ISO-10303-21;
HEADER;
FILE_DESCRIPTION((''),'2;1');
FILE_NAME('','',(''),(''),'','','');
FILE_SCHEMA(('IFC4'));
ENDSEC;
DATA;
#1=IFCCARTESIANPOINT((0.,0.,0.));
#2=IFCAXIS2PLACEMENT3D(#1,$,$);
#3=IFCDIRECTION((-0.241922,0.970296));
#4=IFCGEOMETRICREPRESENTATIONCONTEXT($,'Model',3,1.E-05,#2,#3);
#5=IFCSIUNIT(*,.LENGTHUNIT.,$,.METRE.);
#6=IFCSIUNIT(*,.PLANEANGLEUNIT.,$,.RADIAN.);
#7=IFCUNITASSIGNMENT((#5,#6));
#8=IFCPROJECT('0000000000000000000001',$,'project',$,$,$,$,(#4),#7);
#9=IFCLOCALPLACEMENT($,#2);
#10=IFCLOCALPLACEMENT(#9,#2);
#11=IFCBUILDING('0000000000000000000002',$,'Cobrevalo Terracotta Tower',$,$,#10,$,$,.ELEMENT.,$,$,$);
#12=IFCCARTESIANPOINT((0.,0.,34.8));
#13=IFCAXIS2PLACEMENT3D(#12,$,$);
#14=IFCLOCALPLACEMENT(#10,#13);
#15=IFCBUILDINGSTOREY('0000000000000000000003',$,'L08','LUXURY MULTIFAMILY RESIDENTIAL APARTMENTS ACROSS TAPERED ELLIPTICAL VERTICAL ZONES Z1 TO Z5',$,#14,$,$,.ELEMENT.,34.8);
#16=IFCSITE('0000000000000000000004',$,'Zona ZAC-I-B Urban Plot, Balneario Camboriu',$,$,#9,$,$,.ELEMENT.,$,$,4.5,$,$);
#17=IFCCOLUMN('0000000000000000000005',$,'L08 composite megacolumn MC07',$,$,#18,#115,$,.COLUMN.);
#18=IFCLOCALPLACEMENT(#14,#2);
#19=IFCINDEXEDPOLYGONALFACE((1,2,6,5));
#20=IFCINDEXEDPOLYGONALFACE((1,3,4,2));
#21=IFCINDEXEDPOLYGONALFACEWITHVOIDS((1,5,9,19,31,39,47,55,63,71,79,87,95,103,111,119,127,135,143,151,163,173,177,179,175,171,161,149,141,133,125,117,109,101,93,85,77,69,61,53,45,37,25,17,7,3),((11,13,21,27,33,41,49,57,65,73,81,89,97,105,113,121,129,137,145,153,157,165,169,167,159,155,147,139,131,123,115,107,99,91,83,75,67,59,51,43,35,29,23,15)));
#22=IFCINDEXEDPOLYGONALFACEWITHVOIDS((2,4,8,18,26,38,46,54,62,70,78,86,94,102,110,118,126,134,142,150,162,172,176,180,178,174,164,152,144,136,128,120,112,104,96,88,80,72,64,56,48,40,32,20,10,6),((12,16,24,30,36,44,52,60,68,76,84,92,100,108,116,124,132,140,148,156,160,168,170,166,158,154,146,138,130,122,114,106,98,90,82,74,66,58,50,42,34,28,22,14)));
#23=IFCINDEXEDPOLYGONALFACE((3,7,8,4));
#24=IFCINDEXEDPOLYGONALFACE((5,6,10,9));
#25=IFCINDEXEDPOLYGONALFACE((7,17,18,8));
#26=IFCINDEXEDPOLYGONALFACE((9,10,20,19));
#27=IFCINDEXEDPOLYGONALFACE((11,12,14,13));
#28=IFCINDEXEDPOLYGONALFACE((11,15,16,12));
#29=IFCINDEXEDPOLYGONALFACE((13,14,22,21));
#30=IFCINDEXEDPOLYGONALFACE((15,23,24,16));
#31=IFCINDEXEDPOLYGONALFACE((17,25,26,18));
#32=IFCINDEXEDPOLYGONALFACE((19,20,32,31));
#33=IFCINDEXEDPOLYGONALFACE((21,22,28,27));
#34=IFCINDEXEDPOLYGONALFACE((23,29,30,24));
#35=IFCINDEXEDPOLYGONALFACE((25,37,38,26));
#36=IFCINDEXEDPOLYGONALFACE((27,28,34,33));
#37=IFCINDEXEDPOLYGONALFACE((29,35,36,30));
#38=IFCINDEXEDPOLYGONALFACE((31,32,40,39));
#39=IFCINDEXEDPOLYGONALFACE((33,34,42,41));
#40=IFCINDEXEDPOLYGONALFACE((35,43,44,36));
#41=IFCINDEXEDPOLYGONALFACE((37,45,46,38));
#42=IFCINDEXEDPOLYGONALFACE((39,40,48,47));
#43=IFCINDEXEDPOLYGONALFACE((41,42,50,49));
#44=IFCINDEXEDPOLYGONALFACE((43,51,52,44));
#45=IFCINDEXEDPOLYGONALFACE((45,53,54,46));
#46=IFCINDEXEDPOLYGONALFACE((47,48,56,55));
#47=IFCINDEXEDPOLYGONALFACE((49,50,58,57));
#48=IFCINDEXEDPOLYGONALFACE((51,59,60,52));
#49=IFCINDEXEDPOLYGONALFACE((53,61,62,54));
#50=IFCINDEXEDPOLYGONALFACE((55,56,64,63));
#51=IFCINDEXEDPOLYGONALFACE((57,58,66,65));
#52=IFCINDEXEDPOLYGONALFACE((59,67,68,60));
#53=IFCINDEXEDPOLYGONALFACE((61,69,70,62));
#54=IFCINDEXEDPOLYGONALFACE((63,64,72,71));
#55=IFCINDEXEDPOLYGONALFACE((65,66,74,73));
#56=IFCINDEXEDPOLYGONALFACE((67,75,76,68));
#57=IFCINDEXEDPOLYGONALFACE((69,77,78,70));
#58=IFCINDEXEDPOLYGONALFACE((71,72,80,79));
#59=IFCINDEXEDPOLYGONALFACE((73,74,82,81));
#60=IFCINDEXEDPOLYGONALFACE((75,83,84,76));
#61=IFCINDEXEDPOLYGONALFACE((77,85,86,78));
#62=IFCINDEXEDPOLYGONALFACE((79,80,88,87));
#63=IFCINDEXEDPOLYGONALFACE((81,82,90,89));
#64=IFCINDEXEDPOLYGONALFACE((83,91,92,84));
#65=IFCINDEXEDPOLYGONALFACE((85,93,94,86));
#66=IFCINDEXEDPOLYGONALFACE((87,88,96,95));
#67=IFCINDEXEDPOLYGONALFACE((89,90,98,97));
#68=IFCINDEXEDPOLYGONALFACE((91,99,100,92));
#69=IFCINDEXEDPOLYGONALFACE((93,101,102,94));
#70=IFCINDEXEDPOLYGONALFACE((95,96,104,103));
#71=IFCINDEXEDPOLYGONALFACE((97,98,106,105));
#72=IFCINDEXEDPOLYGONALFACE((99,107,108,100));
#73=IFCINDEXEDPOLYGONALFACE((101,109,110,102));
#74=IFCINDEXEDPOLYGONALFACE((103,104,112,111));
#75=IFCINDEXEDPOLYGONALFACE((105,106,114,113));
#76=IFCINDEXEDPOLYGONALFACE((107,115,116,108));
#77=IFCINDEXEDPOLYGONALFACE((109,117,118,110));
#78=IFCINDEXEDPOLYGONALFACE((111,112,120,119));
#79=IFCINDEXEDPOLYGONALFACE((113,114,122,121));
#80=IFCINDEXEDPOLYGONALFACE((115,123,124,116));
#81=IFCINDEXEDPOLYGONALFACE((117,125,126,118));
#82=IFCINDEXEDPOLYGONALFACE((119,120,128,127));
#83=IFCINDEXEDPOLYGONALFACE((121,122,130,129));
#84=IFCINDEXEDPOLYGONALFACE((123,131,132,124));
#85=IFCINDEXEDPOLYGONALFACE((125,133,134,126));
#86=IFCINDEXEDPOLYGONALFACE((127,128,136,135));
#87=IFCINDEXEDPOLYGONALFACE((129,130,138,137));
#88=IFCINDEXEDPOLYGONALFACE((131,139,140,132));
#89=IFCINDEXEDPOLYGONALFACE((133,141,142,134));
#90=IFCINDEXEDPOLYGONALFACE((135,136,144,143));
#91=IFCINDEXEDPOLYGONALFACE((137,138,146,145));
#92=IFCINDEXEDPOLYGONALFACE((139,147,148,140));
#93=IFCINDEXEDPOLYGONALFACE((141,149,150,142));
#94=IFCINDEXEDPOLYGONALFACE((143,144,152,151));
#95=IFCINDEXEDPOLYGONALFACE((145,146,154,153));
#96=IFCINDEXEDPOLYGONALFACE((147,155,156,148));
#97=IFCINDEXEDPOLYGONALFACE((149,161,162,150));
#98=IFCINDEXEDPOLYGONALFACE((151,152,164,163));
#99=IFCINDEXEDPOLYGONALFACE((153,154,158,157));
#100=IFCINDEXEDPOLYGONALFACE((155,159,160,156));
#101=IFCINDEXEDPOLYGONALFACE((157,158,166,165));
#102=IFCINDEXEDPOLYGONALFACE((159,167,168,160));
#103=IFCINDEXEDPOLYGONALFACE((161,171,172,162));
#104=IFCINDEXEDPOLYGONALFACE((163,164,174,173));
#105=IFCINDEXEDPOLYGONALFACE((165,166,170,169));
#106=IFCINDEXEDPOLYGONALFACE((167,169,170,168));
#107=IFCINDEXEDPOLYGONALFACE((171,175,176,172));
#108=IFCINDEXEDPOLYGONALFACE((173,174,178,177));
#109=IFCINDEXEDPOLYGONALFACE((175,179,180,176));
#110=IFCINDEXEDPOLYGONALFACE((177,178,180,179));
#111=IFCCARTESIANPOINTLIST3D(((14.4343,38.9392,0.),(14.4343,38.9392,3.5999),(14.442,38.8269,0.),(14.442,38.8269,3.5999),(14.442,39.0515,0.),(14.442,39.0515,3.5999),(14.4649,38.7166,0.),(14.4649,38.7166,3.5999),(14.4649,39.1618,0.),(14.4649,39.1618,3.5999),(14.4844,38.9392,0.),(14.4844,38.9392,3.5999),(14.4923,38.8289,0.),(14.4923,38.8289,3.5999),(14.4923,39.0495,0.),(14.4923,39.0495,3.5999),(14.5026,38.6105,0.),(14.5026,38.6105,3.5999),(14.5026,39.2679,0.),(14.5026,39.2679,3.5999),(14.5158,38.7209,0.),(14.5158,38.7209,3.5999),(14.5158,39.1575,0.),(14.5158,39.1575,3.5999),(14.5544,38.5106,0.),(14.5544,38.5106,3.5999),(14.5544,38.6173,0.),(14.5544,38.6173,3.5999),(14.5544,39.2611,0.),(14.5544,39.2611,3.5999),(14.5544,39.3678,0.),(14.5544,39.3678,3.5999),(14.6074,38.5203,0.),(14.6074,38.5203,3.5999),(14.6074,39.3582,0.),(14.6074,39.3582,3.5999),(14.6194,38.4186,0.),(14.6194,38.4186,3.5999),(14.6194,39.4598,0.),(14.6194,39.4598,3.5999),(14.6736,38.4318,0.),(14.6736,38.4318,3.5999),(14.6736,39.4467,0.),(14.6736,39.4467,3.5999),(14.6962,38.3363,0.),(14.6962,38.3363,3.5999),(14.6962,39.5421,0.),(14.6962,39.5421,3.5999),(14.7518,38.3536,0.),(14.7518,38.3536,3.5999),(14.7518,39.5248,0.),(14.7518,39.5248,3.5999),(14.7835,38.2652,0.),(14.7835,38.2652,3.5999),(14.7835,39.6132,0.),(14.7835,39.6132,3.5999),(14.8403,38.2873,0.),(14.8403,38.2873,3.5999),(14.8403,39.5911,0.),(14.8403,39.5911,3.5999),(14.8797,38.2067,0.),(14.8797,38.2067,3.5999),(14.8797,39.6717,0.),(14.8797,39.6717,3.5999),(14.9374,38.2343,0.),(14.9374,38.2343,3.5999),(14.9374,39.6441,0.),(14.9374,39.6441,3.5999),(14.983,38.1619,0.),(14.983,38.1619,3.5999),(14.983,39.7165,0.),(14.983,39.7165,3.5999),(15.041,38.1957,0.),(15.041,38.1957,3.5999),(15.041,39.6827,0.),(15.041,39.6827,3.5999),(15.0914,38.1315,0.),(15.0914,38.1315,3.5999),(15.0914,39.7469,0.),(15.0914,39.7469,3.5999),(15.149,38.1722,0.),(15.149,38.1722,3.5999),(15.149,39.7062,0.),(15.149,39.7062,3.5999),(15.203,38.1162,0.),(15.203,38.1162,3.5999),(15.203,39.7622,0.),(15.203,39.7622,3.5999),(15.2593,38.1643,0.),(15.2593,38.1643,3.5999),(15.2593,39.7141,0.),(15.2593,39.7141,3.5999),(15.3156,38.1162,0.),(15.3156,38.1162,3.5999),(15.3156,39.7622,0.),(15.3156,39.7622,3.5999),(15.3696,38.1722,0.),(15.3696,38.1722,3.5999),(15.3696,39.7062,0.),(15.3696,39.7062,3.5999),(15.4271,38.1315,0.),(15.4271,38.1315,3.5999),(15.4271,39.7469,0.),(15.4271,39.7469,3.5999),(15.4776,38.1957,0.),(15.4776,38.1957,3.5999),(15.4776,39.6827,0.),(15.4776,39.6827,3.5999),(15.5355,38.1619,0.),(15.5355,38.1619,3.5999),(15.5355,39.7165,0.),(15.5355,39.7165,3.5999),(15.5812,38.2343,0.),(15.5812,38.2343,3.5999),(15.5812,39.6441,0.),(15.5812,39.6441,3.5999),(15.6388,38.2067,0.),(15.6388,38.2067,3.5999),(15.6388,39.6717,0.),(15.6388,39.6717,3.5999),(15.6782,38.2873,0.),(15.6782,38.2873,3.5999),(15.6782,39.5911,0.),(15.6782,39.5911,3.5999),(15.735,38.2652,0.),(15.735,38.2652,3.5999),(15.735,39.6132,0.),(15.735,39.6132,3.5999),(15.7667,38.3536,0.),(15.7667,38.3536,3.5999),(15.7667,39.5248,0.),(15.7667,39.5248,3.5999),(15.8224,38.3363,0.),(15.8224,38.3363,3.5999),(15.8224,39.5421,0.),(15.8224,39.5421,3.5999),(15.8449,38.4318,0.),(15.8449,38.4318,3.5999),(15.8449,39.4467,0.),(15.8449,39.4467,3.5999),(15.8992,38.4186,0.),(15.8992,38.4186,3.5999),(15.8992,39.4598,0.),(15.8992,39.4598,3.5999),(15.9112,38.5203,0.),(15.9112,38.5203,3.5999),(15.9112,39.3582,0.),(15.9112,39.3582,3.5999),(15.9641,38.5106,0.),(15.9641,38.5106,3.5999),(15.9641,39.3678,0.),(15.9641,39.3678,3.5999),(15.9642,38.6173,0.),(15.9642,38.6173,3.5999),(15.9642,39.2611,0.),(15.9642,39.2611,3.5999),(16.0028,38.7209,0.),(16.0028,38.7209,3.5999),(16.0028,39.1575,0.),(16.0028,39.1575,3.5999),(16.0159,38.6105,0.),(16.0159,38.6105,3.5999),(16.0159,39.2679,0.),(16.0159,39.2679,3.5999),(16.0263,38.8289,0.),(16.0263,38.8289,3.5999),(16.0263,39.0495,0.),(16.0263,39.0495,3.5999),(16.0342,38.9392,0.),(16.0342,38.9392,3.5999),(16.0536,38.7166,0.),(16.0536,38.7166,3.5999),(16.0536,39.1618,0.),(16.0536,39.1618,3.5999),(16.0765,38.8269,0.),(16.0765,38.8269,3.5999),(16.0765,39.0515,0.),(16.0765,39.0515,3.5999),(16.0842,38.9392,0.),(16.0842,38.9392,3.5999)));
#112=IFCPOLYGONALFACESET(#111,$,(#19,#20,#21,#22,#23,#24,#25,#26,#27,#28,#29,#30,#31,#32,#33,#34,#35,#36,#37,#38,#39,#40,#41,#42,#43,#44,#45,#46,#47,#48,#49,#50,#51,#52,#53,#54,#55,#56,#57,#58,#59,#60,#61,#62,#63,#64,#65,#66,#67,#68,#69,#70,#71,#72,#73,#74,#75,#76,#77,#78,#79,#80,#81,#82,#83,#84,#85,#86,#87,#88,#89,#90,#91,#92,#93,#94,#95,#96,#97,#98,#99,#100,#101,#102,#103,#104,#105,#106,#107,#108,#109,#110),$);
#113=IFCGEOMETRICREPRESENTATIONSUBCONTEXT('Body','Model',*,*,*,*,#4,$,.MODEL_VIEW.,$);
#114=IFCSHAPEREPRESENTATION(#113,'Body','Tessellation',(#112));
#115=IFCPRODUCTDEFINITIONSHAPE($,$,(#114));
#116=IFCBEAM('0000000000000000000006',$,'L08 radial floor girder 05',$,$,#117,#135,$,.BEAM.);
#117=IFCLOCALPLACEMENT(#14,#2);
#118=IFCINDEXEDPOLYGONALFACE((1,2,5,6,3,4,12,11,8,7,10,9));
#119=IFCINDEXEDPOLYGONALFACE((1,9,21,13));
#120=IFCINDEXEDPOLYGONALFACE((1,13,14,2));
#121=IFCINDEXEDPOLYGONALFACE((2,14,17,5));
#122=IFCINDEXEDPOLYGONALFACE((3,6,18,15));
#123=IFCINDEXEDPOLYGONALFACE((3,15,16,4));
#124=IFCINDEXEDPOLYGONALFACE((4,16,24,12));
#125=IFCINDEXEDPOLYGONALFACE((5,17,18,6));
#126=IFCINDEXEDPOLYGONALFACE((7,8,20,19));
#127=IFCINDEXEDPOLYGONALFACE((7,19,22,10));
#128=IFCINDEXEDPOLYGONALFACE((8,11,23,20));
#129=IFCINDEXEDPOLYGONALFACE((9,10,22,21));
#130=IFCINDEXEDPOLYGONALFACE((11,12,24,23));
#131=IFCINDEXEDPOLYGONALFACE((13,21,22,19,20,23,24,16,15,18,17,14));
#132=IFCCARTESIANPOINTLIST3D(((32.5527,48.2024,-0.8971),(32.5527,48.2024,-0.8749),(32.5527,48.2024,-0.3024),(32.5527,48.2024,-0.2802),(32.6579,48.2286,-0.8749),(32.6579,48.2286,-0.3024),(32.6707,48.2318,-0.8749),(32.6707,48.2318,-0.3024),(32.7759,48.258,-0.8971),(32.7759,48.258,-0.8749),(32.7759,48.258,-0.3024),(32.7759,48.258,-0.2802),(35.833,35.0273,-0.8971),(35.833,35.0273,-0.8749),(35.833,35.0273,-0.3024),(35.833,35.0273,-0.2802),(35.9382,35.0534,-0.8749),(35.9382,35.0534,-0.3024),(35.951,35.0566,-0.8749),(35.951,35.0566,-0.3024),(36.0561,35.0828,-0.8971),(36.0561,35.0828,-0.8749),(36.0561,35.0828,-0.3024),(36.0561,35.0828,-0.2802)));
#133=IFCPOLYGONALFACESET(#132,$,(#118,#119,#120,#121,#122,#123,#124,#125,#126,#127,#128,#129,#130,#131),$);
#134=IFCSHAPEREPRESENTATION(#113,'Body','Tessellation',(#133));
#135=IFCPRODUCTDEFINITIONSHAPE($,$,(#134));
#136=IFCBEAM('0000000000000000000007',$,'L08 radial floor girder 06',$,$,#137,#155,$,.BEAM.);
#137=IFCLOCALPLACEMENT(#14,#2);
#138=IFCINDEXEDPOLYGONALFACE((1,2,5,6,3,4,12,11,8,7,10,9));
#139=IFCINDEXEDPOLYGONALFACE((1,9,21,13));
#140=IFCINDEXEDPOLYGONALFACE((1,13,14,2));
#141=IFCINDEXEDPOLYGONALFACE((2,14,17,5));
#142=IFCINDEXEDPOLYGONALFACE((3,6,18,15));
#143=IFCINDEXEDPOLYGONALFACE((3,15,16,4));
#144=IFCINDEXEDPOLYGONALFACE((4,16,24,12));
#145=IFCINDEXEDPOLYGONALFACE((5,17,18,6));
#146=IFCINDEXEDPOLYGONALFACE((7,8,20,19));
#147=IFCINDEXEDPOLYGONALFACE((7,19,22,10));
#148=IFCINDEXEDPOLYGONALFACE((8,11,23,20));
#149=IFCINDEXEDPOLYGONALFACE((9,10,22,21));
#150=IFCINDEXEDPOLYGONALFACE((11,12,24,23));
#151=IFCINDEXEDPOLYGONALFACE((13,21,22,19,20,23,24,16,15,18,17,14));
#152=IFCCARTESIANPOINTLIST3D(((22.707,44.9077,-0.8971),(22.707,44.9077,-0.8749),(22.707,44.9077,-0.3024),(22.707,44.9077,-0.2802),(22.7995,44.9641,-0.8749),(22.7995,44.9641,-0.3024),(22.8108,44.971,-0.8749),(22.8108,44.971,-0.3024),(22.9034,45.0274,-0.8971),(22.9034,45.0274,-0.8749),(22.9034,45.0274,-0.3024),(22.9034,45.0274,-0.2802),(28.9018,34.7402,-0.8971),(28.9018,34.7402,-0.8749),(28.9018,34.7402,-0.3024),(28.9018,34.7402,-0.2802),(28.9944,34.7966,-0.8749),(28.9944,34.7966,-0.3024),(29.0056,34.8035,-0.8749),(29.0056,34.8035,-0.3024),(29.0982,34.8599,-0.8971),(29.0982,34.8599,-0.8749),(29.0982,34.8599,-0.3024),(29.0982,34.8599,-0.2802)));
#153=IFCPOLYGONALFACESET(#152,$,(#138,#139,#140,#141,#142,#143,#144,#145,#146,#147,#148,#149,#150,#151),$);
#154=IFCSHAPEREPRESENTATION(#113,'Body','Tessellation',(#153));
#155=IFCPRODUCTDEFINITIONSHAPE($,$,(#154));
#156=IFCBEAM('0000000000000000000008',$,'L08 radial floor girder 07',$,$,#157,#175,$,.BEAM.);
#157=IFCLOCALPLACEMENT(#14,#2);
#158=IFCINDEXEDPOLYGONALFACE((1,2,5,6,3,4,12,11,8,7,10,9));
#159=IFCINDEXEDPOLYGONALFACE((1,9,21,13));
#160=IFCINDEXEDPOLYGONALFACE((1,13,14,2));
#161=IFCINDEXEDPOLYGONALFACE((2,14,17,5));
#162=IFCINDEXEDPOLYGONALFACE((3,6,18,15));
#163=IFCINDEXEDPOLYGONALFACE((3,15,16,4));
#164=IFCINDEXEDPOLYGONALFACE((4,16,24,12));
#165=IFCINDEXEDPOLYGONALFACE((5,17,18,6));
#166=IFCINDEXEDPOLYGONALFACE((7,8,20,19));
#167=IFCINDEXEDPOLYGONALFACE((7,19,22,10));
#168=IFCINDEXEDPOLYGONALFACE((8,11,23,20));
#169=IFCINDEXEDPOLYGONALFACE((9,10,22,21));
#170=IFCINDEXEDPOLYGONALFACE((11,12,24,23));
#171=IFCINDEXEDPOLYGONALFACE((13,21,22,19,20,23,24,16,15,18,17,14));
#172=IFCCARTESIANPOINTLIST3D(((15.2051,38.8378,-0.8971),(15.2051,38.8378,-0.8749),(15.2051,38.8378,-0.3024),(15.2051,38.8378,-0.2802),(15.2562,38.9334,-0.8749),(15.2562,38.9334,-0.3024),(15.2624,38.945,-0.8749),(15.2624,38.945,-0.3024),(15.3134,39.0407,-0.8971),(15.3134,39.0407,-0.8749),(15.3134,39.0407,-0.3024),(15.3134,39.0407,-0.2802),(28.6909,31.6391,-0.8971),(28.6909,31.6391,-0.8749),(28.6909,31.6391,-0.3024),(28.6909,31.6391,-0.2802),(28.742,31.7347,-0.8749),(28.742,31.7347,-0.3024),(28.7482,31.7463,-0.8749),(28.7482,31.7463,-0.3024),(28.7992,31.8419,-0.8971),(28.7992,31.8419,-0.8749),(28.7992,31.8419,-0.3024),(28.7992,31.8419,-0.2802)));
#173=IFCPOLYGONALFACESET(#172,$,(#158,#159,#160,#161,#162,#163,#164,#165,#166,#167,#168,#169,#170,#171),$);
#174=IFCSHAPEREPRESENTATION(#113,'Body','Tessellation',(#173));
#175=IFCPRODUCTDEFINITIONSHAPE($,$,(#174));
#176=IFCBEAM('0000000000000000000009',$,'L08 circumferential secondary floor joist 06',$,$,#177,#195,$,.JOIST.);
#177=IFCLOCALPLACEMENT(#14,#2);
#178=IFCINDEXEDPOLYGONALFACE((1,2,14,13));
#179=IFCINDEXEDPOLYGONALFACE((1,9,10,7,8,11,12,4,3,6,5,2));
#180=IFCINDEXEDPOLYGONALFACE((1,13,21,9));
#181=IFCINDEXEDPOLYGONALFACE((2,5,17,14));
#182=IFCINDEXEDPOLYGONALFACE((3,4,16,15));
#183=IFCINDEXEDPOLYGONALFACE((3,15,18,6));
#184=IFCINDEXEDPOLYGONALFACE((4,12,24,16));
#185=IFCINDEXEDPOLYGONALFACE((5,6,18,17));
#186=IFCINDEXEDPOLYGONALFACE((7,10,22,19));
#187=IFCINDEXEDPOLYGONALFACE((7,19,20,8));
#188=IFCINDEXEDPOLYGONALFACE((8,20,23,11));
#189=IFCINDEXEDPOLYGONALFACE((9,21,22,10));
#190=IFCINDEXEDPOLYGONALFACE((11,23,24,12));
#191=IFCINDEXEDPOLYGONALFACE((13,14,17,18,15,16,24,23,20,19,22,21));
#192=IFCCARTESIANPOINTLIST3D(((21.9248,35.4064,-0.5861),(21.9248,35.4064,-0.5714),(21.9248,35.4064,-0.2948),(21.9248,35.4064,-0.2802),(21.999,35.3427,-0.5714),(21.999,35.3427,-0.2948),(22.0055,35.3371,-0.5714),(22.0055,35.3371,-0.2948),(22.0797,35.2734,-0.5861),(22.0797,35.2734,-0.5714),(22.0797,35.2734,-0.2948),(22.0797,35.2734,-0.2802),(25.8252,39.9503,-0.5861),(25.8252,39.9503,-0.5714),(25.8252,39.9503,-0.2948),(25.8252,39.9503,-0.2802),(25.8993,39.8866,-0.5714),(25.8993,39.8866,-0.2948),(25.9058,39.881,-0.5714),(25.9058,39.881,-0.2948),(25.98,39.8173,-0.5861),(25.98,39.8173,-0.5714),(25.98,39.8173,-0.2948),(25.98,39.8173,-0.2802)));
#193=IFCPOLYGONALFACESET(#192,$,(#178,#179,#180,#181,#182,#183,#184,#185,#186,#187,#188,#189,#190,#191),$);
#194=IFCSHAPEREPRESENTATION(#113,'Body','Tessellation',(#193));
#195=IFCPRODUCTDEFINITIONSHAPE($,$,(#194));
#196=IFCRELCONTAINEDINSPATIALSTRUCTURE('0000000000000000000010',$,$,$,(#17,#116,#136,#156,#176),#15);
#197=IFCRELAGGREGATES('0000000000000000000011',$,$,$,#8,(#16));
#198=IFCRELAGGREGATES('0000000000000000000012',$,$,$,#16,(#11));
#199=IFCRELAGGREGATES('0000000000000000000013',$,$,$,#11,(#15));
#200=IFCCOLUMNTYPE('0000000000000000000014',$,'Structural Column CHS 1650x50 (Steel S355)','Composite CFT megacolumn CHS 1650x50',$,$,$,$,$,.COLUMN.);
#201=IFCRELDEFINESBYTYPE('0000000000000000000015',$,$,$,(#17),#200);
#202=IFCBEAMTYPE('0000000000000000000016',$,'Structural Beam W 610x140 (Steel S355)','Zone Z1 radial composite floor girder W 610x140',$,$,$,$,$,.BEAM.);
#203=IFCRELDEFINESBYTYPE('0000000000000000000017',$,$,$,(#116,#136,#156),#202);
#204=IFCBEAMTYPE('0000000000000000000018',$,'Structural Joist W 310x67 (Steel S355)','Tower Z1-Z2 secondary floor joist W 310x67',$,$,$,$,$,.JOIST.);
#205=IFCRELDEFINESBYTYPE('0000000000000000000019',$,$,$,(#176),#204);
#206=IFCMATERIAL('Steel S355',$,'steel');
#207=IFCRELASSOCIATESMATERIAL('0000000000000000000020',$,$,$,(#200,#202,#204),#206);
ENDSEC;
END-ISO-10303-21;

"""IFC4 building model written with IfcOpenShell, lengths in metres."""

from ifc_helpers import new_model, si_unit, direction, frame, origin, origin_2d, place, context, subcontext, project, spatial, hollow_circle, i_section, extrude, material, material_profile, profile_set, type_object, element, save


model = new_model("IFC4")

# Units and contexts
model_context = context("Model", 3, precision=1e-05, world=origin(), true_north=direction((-0.241922, 0.970296)))
body_context = subcontext(model_context, "Body", "Model", "MODEL_VIEW")
ifc_project = project(units=[si_unit("LENGTHUNIT", "METRE"), si_unit("PLANEANGLEUNIT", "RADIAN")], contexts=[model_context])

# Site, building, storey
site_placement = place(None, origin())
site = spatial("IfcSite", under=ifc_project, at=site_placement, Name="Zona ZAC-I-B Urban Plot, Balneario Camboriu", CompositionType="ELEMENT", RefElevation=4.5)
building_placement = place(site_placement, origin())
building = spatial("IfcBuilding", under=site, at=building_placement, Name="Cobrevalo Terracotta Tower", CompositionType="ELEMENT")
storey_placement = place(building_placement, frame((0.0, 0.0, 34.8)))
storey = spatial("IfcBuildingStorey", under=building, at=storey_placement, Name="L08", Description="LUXURY MULTIFAMILY RESIDENTIAL APARTMENTS ACROSS TAPERED ELLIPTICAL VERTICAL ZONES Z1 TO Z5", CompositionType="ELEMENT", Elevation=34.8)

# Column
ifc_material_1 = material(Name="Steel S355", Category="steel")
ifc_material_profile_1 = material_profile(ifc_material_1, hollow_circle(Radius=0.825, WallThickness=0.05, at=origin_2d()), Name="CHS 1650x50")
ifc_profile_set_1 = profile_set([ifc_material_profile_1], Name="Steel S355")
column_type = type_object("IfcColumnType", Name="Structural Column CHS 1650x50 (Steel S355)", Description="Composite CFT megacolumn CHS 1650x50", PredefinedType="COLUMN", material=ifc_profile_set_1)
for number, where, z_axis, x_axis, name in (
    (1, (15.2593, 38.9392, 0.0), (0.0, 0.0, 1.0), (1.0, 0.0, 0.0), "L08 composite megacolumn MC07"),
):
    element("IfcColumn", number, at=place(storey_placement, frame(where, z_axis=z_axis, x_axis=x_axis)), inside=storey, type_object=column_type, Name=name, PredefinedType="COLUMN", context=body_context, shape_type="SweptSolid", body=[
        extrude(hollow_circle(Radius=0.825, WallThickness=0.05, at=origin_2d()), origin(), (0.0, 0.0, 1.0), 3.5999),
    ])

# Beams
ifc_material_profile_2 = material_profile(ifc_material_1, i_section(OverallWidth=0.23, OverallDepth=0.6169, WebThickness=0.0132, FlangeThickness=0.0222, at=origin_2d()), Name="W 610x140")
ifc_profile_set_2 = profile_set([ifc_material_profile_2], Name="Steel S355")
beam_type_1 = type_object("IfcBeamType", Name="Structural Beam W 610x140 (Steel S355)", Description="Zone Z1 radial composite floor girder W 610x140", PredefinedType="BEAM", material=ifc_profile_set_2)
beam_1_placement = place(storey_placement, frame((32.6643, 48.2302, -0.5886), z_axis=(0.241596, -0.970377, 0.0), x_axis=(0.970377, 0.241596, 0.0)))
element("IfcBeam", 2, at=beam_1_placement, inside=storey, type_object=beam_type_1, Name="L08 radial floor girder 05", PredefinedType="BEAM", context=body_context, shape_type="SweptSolid", body=[
    extrude(i_section(OverallWidth=0.23, OverallDepth=0.6169, WebThickness=0.0132, FlangeThickness=0.0222, at=origin_2d()), origin(), (0.0, 0.0, 1.0), 13.5774),
])
beam_2_placement = place(storey_placement, frame((22.8052, 44.9675, -0.5886), z_axis=(0.52031, -0.853978, 0.0), x_axis=(0.853978, 0.52031, 0.0)))
element("IfcBeam", 3, at=beam_2_placement, inside=storey, type_object=beam_type_1, Name="L08 radial floor girder 06", PredefinedType="BEAM", context=body_context, shape_type="SweptSolid", body=[
    extrude(i_section(OverallWidth=0.23, OverallDepth=0.6169, WebThickness=0.0132, FlangeThickness=0.0222, at=origin_2d()), origin(), (0.0, 0.0, 1.0), 11.906),
])
beam_3_placement = place(storey_placement, frame((15.2593, 38.9392, -0.5886), z_axis=(0.882182, -0.470908, 0.0), x_axis=(0.470908, 0.882182, 0.0)))
element("IfcBeam", 4, at=beam_3_placement, inside=storey, type_object=beam_type_1, Name="L08 radial floor girder 07", PredefinedType="BEAM", context=body_context, shape_type="SweptSolid", body=[
    extrude(i_section(OverallWidth=0.23, OverallDepth=0.6169, WebThickness=0.0132, FlangeThickness=0.0222, at=origin_2d()), origin(), (0.0, 0.0, 1.0), 15.2869),
])
ifc_material_profile_3 = material_profile(ifc_material_1, i_section(OverallWidth=0.2041, OverallDepth=0.3059, WebThickness=0.0085, FlangeThickness=0.0146, at=origin_2d()), Name="W 310x67")
ifc_profile_set_3 = profile_set([ifc_material_profile_3], Name="Steel S355")
beam_type_2 = type_object("IfcBeamType", Name="Structural Joist W 310x67 (Steel S355)", Description="Tower Z1-Z2 secondary floor joist W 310x67", PredefinedType="JOIST", material=ifc_profile_set_3)
beam_4_placement = place(storey_placement, frame((25.9026, 39.8838, -0.4331), z_axis=(-0.651328, -0.758796, 0.0), x_axis=(0.758796, -0.651328, 0.0)))
element("IfcBeam", 5, at=beam_4_placement, inside=storey, type_object=beam_type_2, Name="L08 circumferential secondary floor joist 06", PredefinedType="JOIST", context=body_context, shape_type="SweptSolid", body=[
    extrude(i_section(OverallWidth=0.2041, OverallDepth=0.3059, WebThickness=0.0085, FlangeThickness=0.0146, at=origin_2d()), origin(), (0.0, 0.0, 1.0), 5.9883),
])

save(model, "model.ifc")
